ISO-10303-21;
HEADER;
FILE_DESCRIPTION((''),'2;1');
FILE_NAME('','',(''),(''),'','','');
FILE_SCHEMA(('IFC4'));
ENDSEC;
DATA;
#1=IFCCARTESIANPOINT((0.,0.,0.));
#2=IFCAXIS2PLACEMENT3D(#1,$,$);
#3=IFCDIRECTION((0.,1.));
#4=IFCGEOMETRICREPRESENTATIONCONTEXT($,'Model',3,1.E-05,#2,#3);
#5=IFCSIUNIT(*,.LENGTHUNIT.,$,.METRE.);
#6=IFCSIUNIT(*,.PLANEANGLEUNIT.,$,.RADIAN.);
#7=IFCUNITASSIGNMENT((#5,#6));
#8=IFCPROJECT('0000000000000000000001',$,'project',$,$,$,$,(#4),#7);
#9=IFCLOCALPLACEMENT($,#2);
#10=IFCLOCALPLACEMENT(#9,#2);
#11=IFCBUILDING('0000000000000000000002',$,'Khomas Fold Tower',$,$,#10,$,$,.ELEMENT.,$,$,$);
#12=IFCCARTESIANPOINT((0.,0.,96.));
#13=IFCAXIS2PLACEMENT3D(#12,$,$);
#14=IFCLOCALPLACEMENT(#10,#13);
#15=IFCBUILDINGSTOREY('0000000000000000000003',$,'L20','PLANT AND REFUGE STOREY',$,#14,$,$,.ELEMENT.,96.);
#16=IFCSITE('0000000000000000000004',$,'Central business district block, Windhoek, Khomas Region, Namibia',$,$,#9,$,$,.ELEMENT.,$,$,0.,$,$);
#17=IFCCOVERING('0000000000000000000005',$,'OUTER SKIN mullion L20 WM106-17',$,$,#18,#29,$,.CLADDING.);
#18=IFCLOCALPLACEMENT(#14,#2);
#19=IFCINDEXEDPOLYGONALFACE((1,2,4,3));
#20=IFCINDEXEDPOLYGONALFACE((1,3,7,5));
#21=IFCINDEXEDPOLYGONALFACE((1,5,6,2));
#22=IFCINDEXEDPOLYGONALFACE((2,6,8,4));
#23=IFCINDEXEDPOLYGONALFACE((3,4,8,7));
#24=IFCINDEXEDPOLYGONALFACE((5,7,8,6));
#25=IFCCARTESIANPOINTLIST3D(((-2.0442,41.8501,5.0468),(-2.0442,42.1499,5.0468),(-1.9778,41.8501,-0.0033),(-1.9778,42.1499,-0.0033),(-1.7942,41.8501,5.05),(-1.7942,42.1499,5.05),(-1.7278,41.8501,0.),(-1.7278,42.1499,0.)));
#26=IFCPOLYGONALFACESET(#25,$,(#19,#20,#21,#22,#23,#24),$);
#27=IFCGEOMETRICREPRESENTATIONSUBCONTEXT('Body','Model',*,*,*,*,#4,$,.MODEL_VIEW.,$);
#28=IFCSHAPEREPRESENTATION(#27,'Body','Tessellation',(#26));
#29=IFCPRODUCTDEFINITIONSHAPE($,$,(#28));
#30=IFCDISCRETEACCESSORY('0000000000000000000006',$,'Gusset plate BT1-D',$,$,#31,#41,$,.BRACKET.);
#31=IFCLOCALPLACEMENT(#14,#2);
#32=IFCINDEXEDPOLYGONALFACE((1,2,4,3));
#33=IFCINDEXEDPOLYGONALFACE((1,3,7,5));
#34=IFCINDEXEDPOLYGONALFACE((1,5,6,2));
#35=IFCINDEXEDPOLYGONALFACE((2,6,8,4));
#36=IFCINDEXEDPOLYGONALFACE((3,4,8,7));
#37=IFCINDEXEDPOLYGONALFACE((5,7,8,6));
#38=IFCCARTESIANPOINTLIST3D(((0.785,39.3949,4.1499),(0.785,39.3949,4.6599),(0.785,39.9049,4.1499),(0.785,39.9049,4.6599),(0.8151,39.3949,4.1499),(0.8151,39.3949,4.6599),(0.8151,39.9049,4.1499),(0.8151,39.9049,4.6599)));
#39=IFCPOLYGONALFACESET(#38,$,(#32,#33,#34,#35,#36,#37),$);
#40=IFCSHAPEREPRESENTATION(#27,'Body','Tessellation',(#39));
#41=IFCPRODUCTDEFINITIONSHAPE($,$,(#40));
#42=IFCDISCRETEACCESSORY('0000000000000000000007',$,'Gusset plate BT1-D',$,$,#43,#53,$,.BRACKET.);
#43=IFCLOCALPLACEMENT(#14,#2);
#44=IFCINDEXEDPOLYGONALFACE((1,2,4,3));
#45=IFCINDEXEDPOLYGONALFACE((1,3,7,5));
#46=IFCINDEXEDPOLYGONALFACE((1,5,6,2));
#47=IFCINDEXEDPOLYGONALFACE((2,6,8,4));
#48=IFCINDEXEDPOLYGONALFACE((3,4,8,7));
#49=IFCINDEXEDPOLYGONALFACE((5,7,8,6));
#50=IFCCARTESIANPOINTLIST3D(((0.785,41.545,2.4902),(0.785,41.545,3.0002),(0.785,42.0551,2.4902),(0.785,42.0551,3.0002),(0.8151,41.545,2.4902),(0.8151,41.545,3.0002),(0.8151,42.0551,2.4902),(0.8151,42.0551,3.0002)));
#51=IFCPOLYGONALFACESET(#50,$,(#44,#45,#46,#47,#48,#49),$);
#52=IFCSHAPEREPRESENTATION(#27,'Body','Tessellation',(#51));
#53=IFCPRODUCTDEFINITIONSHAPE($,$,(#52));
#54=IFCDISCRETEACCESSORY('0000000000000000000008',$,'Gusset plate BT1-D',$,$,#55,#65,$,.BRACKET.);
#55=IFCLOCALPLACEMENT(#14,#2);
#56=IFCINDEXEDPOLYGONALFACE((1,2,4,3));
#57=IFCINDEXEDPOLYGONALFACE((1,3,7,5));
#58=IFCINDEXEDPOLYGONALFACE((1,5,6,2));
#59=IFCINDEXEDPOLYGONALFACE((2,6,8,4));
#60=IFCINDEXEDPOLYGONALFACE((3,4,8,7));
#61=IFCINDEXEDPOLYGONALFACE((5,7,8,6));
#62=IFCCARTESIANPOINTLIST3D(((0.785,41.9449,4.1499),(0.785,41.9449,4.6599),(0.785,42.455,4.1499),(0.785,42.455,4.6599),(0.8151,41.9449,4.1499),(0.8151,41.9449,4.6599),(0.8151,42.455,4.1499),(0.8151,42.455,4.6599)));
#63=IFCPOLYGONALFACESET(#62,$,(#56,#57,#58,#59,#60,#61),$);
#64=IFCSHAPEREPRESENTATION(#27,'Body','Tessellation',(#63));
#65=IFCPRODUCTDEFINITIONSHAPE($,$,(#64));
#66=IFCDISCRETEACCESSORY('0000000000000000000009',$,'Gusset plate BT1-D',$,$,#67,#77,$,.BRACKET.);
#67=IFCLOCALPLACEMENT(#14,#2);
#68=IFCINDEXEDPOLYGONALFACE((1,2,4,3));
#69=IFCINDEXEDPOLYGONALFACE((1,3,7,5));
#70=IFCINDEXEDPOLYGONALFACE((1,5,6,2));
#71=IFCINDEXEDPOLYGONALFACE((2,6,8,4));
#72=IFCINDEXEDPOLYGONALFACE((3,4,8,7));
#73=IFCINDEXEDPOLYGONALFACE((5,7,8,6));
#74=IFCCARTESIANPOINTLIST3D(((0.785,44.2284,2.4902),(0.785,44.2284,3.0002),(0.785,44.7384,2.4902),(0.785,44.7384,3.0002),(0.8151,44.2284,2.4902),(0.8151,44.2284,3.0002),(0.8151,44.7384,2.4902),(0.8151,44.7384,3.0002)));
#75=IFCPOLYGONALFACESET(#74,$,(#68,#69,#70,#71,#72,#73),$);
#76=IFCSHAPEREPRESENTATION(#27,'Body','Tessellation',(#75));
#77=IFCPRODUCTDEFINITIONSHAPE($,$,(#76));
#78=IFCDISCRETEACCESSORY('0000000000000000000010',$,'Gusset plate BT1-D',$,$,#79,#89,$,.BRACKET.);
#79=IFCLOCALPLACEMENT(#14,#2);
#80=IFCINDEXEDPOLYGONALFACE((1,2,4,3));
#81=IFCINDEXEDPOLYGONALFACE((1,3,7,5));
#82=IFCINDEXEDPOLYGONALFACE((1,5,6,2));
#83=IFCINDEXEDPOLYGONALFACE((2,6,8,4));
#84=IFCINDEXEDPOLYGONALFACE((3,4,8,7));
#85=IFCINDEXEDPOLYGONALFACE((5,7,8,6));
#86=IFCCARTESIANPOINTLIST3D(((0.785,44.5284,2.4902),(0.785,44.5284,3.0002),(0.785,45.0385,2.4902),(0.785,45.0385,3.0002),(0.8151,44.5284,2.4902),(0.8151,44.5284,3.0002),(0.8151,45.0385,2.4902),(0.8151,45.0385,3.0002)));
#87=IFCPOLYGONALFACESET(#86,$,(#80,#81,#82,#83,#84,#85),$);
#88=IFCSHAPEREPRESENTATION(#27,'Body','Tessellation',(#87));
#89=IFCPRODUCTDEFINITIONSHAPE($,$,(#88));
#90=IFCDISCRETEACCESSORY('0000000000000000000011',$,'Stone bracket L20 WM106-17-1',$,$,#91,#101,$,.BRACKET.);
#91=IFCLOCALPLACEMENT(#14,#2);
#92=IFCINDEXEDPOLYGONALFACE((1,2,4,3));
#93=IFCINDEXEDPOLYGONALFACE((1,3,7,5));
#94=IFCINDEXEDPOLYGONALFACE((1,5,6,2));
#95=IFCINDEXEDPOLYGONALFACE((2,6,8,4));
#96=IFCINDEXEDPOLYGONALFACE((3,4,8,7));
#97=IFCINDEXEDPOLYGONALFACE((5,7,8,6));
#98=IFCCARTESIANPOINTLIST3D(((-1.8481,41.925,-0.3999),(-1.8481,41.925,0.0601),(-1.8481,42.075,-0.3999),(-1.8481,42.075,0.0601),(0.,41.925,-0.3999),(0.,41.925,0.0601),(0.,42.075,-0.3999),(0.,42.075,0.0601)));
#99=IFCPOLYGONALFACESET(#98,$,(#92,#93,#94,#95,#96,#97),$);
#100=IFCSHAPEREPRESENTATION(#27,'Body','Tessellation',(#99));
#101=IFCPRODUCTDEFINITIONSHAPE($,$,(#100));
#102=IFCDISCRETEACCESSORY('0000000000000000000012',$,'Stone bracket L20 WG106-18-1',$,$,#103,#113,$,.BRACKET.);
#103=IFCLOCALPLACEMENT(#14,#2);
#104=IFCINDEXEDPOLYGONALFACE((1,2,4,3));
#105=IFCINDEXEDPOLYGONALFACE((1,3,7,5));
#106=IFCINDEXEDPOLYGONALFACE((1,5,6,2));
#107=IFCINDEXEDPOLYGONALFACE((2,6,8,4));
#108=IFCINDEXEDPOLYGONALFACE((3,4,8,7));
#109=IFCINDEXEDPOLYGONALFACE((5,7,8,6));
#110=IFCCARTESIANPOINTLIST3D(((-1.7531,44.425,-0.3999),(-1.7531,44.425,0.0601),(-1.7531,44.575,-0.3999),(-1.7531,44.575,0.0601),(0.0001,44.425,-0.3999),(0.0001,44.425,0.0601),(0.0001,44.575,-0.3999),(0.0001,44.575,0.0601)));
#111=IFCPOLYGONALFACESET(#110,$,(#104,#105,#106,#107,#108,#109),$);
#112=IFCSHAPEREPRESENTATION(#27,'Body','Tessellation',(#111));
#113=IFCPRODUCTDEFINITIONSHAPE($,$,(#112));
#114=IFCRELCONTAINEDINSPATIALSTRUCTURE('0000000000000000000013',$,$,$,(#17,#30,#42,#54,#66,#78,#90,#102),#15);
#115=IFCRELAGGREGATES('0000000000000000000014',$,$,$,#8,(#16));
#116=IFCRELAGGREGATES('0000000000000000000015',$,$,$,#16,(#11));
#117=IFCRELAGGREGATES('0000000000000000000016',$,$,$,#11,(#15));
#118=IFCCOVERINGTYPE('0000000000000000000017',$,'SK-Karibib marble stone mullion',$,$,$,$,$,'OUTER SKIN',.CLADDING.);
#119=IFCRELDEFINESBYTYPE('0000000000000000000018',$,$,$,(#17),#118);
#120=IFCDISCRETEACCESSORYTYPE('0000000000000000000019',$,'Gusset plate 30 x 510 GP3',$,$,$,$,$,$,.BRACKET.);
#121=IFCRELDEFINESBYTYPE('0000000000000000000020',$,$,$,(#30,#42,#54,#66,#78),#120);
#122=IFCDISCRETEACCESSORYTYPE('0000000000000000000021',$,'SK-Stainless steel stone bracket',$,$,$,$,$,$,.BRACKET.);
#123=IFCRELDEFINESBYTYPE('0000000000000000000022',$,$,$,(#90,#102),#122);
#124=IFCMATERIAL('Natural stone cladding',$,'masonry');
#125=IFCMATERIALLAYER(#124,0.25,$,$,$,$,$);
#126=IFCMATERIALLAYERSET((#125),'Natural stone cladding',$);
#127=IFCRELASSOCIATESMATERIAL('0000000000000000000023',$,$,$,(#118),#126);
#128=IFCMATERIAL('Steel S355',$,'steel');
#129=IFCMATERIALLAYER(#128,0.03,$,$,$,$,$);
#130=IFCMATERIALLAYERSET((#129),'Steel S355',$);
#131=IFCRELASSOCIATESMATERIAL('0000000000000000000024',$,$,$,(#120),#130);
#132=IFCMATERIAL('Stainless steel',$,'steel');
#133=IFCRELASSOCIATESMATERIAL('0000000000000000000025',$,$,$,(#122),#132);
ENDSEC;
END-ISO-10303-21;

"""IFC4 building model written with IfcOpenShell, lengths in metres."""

from ifc_helpers import new_model, si_unit, direction, frame, origin, origin_2d, place, context, subcontext, project, spatial, polyline, rectangle, outline, extrude, source, transform, mapped, material, layer, layer_set, type_object, element, save


model = new_model("IFC4")

# Units and contexts
model_context = context("Model", 3, precision=1e-05, world=origin(), true_north=direction((0.0, 1.0)))
body_context = subcontext(model_context, "Body", "Model", "MODEL_VIEW")
ifc_project = project(units=[si_unit("LENGTHUNIT", "METRE"), si_unit("PLANEANGLEUNIT", "RADIAN")], contexts=[model_context])

# Site, building, storey
site_placement = place(None, origin())
site = spatial("IfcSite", under=ifc_project, at=site_placement, Name="Central business district block, Windhoek, Khomas Region, Namibia", CompositionType="ELEMENT", RefElevation=0.0)
building_placement = place(site_placement, origin())
building = spatial("IfcBuilding", under=site, at=building_placement, Name="Khomas Fold Tower", CompositionType="ELEMENT")
storey_placement = place(building_placement, frame((0.0, 0.0, 96.0)))
storey = spatial("IfcBuildingStorey", under=building, at=storey_placement, Name="L20", Description="PLANT AND REFUGE STOREY", CompositionType="ELEMENT", Elevation=96.0)

# Covering
ifc_material_1 = material(Name="Natural stone cladding", Category="masonry")
ifc_layer_1 = layer(ifc_material_1, 0.25)
ifc_layer_set_1 = layer_set([ifc_layer_1], Name="Natural stone cladding")
covering_type = type_object("IfcCoveringType", Name="SK-Karibib marble stone mullion", ElementType="OUTER SKIN", PredefinedType="CLADDING", material=ifc_layer_set_1)
covering_placement = place(storey_placement, frame((-1.7278, 41.8501, 0.0), z_axis=(0.999914, 0.0, 0.013148), x_axis=(-0.013148, 0.0, 0.999914)))
element("IfcCovering", 1, at=covering_placement, inside=storey, type_object=covering_type, Name="OUTER SKIN mullion L20 WM106-17", PredefinedType="CLADDING", context=body_context, shape_type="SweptSolid", body=[
    extrude(outline(polyline([(0.0, 0.0), (5.0505, 0.0), (5.0505, -0.2998), (0.0, -0.2998), (0.0, 0.0)])), origin(), (0.0, 0.0, -1.0), 0.25),
])

# Discrete accessories
ifc_material_2 = material(Name="Steel S355", Category="steel")
ifc_layer_2 = layer(ifc_material_2, 0.03)
ifc_layer_set_2 = layer_set([ifc_layer_2], Name="Steel S355")
discrete_accessory_type_1 = type_object("IfcDiscreteAccessoryType", Name="Gusset plate 30 x 510 GP3", PredefinedType="BRACKET", material=ifc_layer_set_2)
shared_shape_1 = source(origin(), body_context, "Body", "SweptSolid", [
    extrude(rectangle(XDim=0.51, YDim=0.03, at=origin_2d()), origin(), (0.0, 0.0, 1.0), 0.51),
])
for number, where, z_axis, x_axis, name in (
    (2, (0.8, 39.6499, 4.1499), (0.0, 0.0, 1.0), (0.0, 1.0, 0.0), "Gusset plate BT1-D"),
    (3, (0.8, 41.8, 2.4902), (0.0, 0.0, 1.0), (0.0, 1.0, 0.0), "Gusset plate BT1-D"),
    (4, (0.8, 42.2, 4.1499), (0.0, 0.0, 1.0), (0.0, 1.0, 0.0), "Gusset plate BT1-D"),
    (5, (0.8, 44.4834, 2.4902), (0.0, 0.0, 1.0), (0.0, 1.0, 0.0), "Gusset plate BT1-D"),
    (6, (0.8, 44.7834, 2.4902), (0.0, 0.0, 1.0), (0.0, 1.0, 0.0), "Gusset plate BT1-D"),
):
    element("IfcDiscreteAccessory", number, at=place(storey_placement, frame(where, z_axis=z_axis, x_axis=x_axis)), inside=storey, type_object=discrete_accessory_type_1, Name=name, PredefinedType="BRACKET", context=body_context, shape_type="MappedRepresentation", body=[
        mapped(shared_shape_1, transform((0.0, 0.0, 0.0))),
    ])
ifc_material_3 = material(Name="Stainless steel", Category="steel")
discrete_accessory_type_2 = type_object("IfcDiscreteAccessoryType", Name="SK-Stainless steel stone bracket", PredefinedType="BRACKET", material=ifc_material_3)
shared_shape_2 = source(origin(), body_context, "Body", "SweptSolid", [
    extrude(rectangle(XDim=1.8481, YDim=0.1499, at=origin_2d()), origin(), (0.0, 0.0, 1.0), 0.46),
])
discrete_accessory_1_placement = place(storey_placement, frame((-0.9241, 42.0, -0.3999), z_axis=(0.0, 0.0, 1.0), x_axis=(-1.0, 0.0, 0.0)))
element("IfcDiscreteAccessory", 7, at=discrete_accessory_1_placement, inside=storey, type_object=discrete_accessory_type_2, Name="Stone bracket L20 WM106-17-1", PredefinedType="BRACKET", context=body_context, shape_type="MappedRepresentation", body=[
    mapped(shared_shape_2, transform((0.0, 0.0, 0.0))),
])
shared_shape_3 = source(origin(), body_context, "Body", "SweptSolid", [
    extrude(rectangle(XDim=1.7532, YDim=0.1499, at=origin_2d()), origin(), (0.0, 0.0, 1.0), 0.46),
])
discrete_accessory_2_placement = place(storey_placement, frame((-0.8765, 44.5, -0.3999), z_axis=(0.0, 0.0, 1.0), x_axis=(-1.0, 0.0, 0.0)))
element("IfcDiscreteAccessory", 8, at=discrete_accessory_2_placement, inside=storey, type_object=discrete_accessory_type_2, Name="Stone bracket L20 WG106-18-1", PredefinedType="BRACKET", context=body_context, shape_type="MappedRepresentation", body=[
    mapped(shared_shape_3, transform((0.0, 0.0, 0.0))),
])

save(model, "model.ifc")
